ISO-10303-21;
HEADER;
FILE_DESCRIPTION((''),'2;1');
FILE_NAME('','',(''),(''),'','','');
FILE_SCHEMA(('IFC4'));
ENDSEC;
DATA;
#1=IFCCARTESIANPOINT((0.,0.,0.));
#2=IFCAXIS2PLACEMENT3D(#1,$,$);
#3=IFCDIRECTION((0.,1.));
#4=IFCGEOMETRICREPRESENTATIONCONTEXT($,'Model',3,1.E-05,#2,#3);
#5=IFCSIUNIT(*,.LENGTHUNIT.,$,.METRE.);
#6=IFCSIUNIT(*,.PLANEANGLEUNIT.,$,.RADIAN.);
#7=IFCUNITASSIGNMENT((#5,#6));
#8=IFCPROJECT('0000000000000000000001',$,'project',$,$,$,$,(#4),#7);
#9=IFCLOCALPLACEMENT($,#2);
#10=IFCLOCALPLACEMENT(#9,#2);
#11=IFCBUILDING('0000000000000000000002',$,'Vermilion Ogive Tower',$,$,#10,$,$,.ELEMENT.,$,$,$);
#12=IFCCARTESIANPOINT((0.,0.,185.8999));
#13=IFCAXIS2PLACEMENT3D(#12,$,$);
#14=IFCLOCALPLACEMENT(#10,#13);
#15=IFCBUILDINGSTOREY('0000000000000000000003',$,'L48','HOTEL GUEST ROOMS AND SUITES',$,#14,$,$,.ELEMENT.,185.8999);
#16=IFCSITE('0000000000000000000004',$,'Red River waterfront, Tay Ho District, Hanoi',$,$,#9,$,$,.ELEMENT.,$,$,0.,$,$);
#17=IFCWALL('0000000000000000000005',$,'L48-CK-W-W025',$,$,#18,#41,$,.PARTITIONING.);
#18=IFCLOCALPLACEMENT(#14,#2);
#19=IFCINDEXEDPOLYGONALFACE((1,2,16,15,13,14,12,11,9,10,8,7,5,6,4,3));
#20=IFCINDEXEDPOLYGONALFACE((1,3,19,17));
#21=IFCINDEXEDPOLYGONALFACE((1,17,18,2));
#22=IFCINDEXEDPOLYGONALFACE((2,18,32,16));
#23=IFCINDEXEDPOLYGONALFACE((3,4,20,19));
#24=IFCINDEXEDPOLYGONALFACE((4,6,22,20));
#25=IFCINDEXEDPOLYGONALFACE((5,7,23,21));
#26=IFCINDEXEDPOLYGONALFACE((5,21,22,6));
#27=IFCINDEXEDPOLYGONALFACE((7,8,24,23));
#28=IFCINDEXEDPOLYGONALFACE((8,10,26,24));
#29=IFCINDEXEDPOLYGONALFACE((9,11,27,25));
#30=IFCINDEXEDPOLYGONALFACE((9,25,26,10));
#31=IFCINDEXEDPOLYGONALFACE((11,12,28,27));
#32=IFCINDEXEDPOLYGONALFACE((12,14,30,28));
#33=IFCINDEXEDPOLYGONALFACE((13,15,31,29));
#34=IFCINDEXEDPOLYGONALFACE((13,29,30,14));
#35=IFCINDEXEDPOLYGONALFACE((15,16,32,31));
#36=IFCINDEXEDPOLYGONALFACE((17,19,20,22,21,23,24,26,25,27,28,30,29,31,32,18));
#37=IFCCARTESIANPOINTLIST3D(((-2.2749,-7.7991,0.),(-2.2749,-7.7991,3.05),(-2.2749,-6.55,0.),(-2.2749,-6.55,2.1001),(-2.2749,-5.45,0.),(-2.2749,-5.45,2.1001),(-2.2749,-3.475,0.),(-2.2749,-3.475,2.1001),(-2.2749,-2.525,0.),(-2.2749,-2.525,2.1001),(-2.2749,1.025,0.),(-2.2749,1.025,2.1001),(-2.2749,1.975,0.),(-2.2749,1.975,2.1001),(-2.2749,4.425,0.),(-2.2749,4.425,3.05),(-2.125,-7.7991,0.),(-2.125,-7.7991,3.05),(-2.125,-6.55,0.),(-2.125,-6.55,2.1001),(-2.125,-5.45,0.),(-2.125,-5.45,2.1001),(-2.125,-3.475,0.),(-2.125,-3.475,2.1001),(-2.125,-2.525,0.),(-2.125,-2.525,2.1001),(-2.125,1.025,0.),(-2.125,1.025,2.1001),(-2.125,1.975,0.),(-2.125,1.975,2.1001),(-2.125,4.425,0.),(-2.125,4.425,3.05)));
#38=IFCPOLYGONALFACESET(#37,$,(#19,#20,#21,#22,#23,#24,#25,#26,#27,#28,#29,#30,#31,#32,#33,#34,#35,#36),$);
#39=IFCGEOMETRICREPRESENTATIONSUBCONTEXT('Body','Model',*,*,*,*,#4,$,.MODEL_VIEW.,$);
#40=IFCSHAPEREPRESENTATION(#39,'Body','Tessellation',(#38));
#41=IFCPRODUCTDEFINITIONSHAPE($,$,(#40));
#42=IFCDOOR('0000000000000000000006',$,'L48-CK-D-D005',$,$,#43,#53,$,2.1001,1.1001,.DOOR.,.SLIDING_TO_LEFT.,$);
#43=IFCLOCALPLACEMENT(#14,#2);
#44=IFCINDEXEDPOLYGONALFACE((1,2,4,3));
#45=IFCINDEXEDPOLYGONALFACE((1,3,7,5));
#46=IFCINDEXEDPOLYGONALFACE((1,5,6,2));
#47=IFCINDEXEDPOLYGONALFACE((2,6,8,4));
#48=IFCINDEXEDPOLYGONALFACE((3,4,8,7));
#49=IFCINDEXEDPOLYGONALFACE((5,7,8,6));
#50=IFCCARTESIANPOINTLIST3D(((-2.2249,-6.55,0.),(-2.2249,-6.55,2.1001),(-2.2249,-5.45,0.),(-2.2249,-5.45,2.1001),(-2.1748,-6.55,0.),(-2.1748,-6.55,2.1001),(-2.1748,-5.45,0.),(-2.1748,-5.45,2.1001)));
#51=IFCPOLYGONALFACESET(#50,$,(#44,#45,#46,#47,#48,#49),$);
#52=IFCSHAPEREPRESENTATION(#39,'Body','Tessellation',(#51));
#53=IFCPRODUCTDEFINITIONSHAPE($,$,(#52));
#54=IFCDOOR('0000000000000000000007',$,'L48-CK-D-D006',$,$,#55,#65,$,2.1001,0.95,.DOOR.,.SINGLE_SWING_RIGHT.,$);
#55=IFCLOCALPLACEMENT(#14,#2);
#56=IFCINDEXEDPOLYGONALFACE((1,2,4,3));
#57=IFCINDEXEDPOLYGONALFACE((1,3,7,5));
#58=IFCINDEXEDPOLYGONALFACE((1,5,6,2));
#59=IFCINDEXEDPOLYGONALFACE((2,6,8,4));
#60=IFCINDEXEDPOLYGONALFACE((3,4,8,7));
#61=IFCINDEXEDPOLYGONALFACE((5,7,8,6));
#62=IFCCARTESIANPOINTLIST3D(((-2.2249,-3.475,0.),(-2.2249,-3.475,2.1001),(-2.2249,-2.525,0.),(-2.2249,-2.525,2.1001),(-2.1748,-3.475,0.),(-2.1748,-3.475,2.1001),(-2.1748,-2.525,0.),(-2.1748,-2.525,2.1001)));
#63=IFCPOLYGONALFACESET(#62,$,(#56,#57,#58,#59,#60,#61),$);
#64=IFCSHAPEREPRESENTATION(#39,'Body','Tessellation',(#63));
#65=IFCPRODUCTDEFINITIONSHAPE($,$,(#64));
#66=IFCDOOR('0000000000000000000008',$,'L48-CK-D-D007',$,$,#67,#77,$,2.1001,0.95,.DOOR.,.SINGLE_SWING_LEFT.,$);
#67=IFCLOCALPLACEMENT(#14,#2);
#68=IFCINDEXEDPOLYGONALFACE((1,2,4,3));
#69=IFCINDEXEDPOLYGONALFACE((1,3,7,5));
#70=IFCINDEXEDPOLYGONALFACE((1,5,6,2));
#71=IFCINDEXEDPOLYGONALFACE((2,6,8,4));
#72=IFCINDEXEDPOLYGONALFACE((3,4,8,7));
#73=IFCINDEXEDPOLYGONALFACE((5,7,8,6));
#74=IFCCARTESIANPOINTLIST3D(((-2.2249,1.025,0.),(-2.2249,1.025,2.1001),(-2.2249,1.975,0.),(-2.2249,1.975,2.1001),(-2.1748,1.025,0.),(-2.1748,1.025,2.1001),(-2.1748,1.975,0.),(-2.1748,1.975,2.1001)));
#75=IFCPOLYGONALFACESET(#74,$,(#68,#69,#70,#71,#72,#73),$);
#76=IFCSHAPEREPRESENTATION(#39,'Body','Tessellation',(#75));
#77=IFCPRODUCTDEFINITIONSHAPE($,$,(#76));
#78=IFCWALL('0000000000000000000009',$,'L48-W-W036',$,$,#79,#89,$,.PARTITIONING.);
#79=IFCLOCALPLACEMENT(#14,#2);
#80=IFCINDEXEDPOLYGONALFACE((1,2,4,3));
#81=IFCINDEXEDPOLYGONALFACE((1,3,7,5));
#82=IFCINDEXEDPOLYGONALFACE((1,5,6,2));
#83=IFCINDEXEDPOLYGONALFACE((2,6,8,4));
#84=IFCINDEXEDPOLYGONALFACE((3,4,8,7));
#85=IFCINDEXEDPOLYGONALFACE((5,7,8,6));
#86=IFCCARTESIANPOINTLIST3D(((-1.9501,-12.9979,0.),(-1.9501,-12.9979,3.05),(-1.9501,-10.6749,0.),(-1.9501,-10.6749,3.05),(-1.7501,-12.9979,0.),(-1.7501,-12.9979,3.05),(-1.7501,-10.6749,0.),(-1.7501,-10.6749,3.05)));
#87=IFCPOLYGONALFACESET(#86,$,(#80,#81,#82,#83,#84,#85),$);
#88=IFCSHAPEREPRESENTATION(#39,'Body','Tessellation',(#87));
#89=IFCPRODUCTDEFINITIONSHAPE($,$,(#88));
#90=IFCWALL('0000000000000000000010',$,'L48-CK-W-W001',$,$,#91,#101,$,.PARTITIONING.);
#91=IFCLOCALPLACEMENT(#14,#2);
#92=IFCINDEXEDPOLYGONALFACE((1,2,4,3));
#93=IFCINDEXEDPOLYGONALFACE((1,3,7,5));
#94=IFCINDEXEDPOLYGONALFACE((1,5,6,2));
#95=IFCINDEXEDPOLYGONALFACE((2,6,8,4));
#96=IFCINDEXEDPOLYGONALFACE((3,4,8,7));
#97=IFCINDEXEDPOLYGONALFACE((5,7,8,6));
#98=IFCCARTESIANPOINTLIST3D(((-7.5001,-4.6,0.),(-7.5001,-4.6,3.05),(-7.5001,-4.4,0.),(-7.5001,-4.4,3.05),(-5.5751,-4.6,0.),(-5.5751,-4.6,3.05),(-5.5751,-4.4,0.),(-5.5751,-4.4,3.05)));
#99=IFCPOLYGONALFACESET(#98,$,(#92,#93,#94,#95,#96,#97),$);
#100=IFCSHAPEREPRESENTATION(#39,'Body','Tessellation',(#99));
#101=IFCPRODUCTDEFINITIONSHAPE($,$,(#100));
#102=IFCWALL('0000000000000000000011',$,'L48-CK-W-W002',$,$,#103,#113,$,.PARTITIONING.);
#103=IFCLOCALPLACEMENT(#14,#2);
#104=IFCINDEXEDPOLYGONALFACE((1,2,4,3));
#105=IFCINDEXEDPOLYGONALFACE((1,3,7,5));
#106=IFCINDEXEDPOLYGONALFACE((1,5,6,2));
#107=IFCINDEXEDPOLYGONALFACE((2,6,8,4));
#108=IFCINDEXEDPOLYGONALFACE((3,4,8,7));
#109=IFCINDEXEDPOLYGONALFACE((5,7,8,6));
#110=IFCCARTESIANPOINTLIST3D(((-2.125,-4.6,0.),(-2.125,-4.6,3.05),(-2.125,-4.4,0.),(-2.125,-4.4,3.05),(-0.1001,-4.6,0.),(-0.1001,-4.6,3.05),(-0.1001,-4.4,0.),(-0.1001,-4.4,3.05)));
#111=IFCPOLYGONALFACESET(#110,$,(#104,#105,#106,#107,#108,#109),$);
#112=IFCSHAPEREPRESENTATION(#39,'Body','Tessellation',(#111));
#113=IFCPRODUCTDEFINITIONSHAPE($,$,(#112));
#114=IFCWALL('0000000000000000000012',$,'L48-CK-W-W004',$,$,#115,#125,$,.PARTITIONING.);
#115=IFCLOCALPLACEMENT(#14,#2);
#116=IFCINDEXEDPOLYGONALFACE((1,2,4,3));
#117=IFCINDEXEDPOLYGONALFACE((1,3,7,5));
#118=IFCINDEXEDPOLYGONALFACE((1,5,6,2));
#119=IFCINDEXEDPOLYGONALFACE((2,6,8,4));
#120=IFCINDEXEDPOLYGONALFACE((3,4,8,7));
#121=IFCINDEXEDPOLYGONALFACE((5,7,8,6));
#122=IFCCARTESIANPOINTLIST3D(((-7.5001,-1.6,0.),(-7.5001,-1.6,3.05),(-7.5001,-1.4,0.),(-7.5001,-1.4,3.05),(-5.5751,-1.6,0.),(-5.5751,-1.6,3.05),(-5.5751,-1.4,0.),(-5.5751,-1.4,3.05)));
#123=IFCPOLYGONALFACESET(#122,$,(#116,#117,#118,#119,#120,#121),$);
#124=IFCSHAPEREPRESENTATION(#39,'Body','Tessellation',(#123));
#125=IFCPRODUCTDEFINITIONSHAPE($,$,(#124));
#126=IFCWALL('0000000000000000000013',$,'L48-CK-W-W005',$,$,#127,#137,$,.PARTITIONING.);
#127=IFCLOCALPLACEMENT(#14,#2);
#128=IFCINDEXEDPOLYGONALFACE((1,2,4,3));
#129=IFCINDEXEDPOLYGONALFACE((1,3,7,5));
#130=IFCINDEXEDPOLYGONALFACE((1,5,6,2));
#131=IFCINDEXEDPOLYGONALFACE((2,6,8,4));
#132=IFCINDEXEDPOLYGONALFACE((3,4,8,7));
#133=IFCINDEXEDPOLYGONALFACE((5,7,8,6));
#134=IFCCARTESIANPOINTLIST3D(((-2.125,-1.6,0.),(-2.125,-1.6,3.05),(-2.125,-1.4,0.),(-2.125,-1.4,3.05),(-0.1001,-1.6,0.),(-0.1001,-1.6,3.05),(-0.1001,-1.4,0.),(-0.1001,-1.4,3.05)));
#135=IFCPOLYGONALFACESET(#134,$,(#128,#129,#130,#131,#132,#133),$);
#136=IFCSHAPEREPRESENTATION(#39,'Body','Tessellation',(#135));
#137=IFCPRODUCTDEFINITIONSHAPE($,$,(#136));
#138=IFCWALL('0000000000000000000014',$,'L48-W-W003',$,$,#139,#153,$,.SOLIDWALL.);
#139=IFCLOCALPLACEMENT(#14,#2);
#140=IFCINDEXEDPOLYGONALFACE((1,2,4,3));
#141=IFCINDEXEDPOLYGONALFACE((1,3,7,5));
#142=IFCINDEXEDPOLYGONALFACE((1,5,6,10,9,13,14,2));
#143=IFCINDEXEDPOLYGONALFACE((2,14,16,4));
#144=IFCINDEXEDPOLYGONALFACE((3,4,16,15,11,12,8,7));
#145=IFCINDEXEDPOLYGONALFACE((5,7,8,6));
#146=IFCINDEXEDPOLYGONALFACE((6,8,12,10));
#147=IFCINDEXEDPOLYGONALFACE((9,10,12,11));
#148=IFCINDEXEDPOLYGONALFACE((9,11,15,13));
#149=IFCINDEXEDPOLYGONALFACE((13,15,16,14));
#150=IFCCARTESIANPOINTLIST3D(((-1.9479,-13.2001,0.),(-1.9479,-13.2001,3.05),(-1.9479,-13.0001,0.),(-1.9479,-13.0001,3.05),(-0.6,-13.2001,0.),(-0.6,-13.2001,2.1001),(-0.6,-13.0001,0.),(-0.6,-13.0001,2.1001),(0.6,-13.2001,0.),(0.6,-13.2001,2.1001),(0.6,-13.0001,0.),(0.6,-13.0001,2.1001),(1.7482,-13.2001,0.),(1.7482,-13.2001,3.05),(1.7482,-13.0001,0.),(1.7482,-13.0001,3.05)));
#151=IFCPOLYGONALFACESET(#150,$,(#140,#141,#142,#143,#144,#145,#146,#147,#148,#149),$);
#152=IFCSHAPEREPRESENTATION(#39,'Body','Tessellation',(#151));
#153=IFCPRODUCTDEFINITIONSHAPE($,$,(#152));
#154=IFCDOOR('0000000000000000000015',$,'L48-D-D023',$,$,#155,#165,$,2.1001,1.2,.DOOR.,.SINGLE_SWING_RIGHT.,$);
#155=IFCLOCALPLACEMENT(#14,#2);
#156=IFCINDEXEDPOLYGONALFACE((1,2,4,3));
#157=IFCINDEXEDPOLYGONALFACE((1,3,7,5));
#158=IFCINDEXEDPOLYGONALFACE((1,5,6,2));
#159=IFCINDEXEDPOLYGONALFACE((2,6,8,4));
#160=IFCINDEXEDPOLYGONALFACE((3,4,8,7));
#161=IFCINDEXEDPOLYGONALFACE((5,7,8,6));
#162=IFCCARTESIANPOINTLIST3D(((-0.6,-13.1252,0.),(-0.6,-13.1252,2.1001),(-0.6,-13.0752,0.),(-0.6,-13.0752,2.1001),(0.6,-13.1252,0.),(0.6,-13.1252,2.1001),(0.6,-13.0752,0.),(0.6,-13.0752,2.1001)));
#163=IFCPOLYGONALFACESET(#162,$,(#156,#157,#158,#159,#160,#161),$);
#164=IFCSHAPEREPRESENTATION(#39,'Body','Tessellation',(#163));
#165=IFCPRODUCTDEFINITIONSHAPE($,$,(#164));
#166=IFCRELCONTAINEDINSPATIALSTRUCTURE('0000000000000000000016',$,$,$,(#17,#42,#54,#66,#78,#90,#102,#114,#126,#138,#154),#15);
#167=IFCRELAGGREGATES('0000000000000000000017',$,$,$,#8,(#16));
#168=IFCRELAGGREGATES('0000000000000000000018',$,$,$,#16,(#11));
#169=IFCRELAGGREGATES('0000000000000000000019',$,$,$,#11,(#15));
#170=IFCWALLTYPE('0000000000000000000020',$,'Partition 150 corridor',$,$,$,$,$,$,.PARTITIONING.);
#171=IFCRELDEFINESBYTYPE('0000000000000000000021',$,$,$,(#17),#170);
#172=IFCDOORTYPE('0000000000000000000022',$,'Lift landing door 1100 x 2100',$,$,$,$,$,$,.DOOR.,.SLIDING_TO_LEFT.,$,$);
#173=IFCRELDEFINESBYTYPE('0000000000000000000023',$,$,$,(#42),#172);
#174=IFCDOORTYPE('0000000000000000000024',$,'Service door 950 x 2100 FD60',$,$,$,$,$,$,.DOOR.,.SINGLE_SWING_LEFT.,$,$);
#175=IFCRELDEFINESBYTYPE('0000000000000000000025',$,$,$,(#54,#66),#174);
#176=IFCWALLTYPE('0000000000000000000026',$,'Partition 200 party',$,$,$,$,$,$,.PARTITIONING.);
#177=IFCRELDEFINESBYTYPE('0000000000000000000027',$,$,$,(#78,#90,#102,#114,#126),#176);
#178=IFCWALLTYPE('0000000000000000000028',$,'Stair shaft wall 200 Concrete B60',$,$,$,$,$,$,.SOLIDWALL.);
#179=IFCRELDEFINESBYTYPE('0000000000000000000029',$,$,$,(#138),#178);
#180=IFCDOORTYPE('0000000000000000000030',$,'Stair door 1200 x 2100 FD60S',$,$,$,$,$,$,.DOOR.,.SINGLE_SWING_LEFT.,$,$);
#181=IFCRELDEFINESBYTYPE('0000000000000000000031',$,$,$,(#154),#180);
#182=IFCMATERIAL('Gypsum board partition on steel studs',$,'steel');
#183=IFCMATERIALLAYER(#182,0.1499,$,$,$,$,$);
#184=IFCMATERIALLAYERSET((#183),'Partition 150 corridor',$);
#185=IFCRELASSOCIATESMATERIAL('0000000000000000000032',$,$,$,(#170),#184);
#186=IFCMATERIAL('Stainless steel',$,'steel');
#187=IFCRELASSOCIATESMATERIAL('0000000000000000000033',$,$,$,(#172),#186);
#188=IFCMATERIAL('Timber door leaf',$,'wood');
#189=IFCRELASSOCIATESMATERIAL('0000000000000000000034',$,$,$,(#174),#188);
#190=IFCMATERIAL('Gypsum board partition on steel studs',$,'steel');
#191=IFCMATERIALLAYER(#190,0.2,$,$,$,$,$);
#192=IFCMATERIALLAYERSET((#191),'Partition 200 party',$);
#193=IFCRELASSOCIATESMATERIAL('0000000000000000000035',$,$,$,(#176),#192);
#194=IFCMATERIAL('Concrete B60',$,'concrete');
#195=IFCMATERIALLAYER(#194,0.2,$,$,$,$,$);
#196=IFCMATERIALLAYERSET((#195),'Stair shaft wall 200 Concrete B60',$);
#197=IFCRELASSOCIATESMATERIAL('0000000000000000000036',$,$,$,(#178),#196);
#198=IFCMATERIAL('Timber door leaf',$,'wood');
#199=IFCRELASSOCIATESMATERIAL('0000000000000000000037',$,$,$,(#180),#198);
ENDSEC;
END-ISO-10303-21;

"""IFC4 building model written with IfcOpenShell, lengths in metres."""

from ifc_helpers import new_model, si_unit, direction, frame, frame_2d, origin, place, context, subcontext, project, spatial, rectangle, extrude, material, layer, layer_set, type_object, element, fill, save


model = new_model("IFC4")

# Units and contexts
model_context = context("Model", 3, precision=1e-05, world=origin(), true_north=direction((0.0, 1.0)))
body_context = subcontext(model_context, "Body", "Model", "MODEL_VIEW")
ifc_project = project(units=[si_unit("LENGTHUNIT", "METRE"), si_unit("PLANEANGLEUNIT", "RADIAN")], contexts=[model_context])

# Site, building, storey
site_placement = place(None, origin())
site = spatial("IfcSite", under=ifc_project, at=site_placement, Name="Red River waterfront, Tay Ho District, Hanoi", CompositionType="ELEMENT", RefElevation=0.0)
building_placement = place(site_placement, origin())
building = spatial("IfcBuilding", under=site, at=building_placement, Name="Vermilion Ogive Tower", CompositionType="ELEMENT")
storey_placement = place(building_placement, frame((0.0, 0.0, 185.8999)))
storey = spatial("IfcBuildingStorey", under=building, at=storey_placement, Name="L48", Description="HOTEL GUEST ROOMS AND SUITES", CompositionType="ELEMENT", Elevation=185.8999)

# Wall, openings, doors
ifc_material_1 = material(Name="Gypsum board partition on steel studs", Category="steel")
ifc_layer_1 = layer(ifc_material_1, 0.1499)
ifc_layer_set_1 = layer_set([ifc_layer_1], Name="Partition 150 corridor")
wall_type_1 = type_object("IfcWallType", Name="Partition 150 corridor", PredefinedType="PARTITIONING", material=ifc_layer_set_1)
ifc_material_2 = material(Name="Stainless steel", Category="steel")
door_type_1 = type_object("IfcDoorType", Name="Lift landing door 1100 x 2100", OperationType="SLIDING_TO_LEFT", PredefinedType="DOOR", material=ifc_material_2)
wall_1_placement = place(storey_placement, frame((-2.2, -7.7991, 0.0), z_axis=(0.0, 0.0, 1.0), x_axis=(0.0, 1.0, 0.0)))
wall_1 = element("IfcWall", 1, at=wall_1_placement, inside=storey, type_object=wall_type_1, Name="L48-CK-W-W025", PredefinedType="PARTITIONING", context=body_context, shape_type="SweptSolid", body=[
    extrude(rectangle(XDim=12.2241, YDim=0.1499, at=frame_2d((6.1121, 0.0))), origin(), (0.0, 0.0, 1.0), 3.05),
])
opening_1_placement = place(wall_1_placement, frame((1.249, 0.0, 0.0)))
opening_1 = element("IfcOpeningElement", 2, at=opening_1_placement, cuts=wall_1, PredefinedType="OPENING", context=body_context, shape_type="SweptSolid", body=[
    extrude(rectangle(XDim=1.1001, YDim=2.1001, at=frame_2d((0.55, 1.05))), frame((0.0, 0.085, 0.0), z_axis=(0.0, -1.0, 0.0), x_axis=(1.0, 0.0, 0.0)), (0.0, 0.0, 1.0), 0.1699),
])
opening_2_placement = place(wall_1_placement, frame((4.324, 0.0, 0.0)))
opening_2 = element("IfcOpeningElement", 3, at=opening_2_placement, cuts=wall_1, PredefinedType="OPENING", context=body_context, shape_type="SweptSolid", body=[
    extrude(rectangle(XDim=0.95, YDim=2.1001, at=frame_2d((0.4751, 1.05))), frame((0.0, 0.085, 0.0), z_axis=(0.0, -1.0, 0.0), x_axis=(1.0, 0.0, 0.0)), (0.0, 0.0, 1.0), 0.1699),
])
opening_3_placement = place(wall_1_placement, frame((8.824, 0.0, 0.0)))
opening_3 = element("IfcOpeningElement", 4, at=opening_3_placement, cuts=wall_1, PredefinedType="OPENING", context=body_context, shape_type="SweptSolid", body=[
    extrude(rectangle(XDim=0.95, YDim=2.1001, at=frame_2d((0.4751, 1.05))), frame((0.0, 0.085, 0.0), z_axis=(0.0, -1.0, 0.0), x_axis=(1.0, 0.0, 0.0)), (0.0, 0.0, 1.0), 0.1699),
])
door_1_placement = place(opening_1_placement, origin())
door_1 = element("IfcDoor", 5, at=door_1_placement, inside=storey, type_object=door_type_1, Name="L48-CK-D-D005", OperationType="SLIDING_TO_LEFT", OverallHeight=2.1001, OverallWidth=1.1001, PredefinedType="DOOR", context=body_context, shape_type="SweptSolid", body=[
    extrude(rectangle(XDim=1.1001, YDim=2.1001, at=frame_2d((0.55, 1.05))), frame((0.0, 0.0249, 0.0), z_axis=(0.0, -1.0, 0.0), x_axis=(1.0, 0.0, 0.0)), (0.0, 0.0, 1.0), 0.05),
])
fill(opening_1, door_1)
ifc_material_3 = material(Name="Timber door leaf", Category="wood")
door_type_2 = type_object("IfcDoorType", Name="Service door 950 x 2100 FD60", OperationType="SINGLE_SWING_LEFT", PredefinedType="DOOR", material=ifc_material_3)
door_2_placement = place(opening_2_placement, origin())
door_2 = element("IfcDoor", 6, at=door_2_placement, inside=storey, type_object=door_type_2, Name="L48-CK-D-D006", OperationType="SINGLE_SWING_RIGHT", OverallHeight=2.1001, OverallWidth=0.95, PredefinedType="DOOR", context=body_context, shape_type="SweptSolid", body=[
    extrude(rectangle(XDim=0.95, YDim=2.1001, at=frame_2d((0.4751, 1.05))), frame((0.0, 0.0249, 0.0), z_axis=(0.0, -1.0, 0.0), x_axis=(1.0, 0.0, 0.0)), (0.0, 0.0, 1.0), 0.05),
])
fill(opening_2, door_2)
door_3_placement = place(opening_3_placement, origin())
door_3 = element("IfcDoor", 7, at=door_3_placement, inside=storey, type_object=door_type_2, Name="L48-CK-D-D007", OperationType="SINGLE_SWING_LEFT", OverallHeight=2.1001, OverallWidth=0.95, PredefinedType="DOOR", context=body_context, shape_type="SweptSolid", body=[
    extrude(rectangle(XDim=0.95, YDim=2.1001, at=frame_2d((0.4751, 1.05))), frame((0.0, 0.0249, 0.0), z_axis=(0.0, -1.0, 0.0), x_axis=(1.0, 0.0, 0.0)), (0.0, 0.0, 1.0), 0.05),
])
fill(opening_3, door_3)

# Walls
ifc_material_4 = material(Name="Gypsum board partition on steel studs", Category="steel")
ifc_layer_2 = layer(ifc_material_4, 0.2)
ifc_layer_set_2 = layer_set([ifc_layer_2], Name="Partition 200 party")
wall_type_2 = type_object("IfcWallType", Name="Partition 200 party", PredefinedType="PARTITIONING", material=ifc_layer_set_2)
wall_2_placement = place(storey_placement, frame((-1.8501, -12.998, 0.0), z_axis=(0.0, 0.0, 1.0), x_axis=(0.0, 1.0, 0.0)))
element("IfcWall", 8, at=wall_2_placement, inside=storey, type_object=wall_type_2, Name="L48-W-W036", PredefinedType="PARTITIONING", context=body_context, shape_type="SweptSolid", body=[
    extrude(rectangle(XDim=2.323, YDim=0.2, at=frame_2d((1.1616, 0.0))), origin(), (0.0, 0.0, 1.0), 3.05),
])
wall_3_placement = place(storey_placement, frame((-7.5, -4.5, 0.0), z_axis=(0.0, 0.0, 1.0), x_axis=(1.0, 0.0, 0.0)))
element("IfcWall", 9, at=wall_3_placement, inside=storey, type_object=wall_type_2, Name="L48-CK-W-W001", PredefinedType="PARTITIONING", context=body_context, shape_type="SweptSolid", body=[
    extrude(rectangle(XDim=1.925, YDim=0.2, at=frame_2d((0.9624, 0.0))), origin(), (0.0, 0.0, 1.0), 3.05),
])
wall_4_placement = place(storey_placement, frame((-2.125, -4.5, 0.0), z_axis=(0.0, 0.0, 1.0), x_axis=(1.0, 0.0, 0.0)))
element("IfcWall", 10, at=wall_4_placement, inside=storey, type_object=wall_type_2, Name="L48-CK-W-W002", PredefinedType="PARTITIONING", context=body_context, shape_type="SweptSolid", body=[
    extrude(rectangle(XDim=2.0249, YDim=0.2, at=frame_2d((1.0125, 0.0))), origin(), (0.0, 0.0, 1.0), 3.05),
])
wall_5_placement = place(storey_placement, frame((-7.5, -1.5, 0.0), z_axis=(0.0, 0.0, 1.0), x_axis=(1.0, 0.0, 0.0)))
element("IfcWall", 11, at=wall_5_placement, inside=storey, type_object=wall_type_2, Name="L48-CK-W-W004", PredefinedType="PARTITIONING", context=body_context, shape_type="SweptSolid", body=[
    extrude(rectangle(XDim=1.925, YDim=0.2, at=frame_2d((0.9624, 0.0))), origin(), (0.0, 0.0, 1.0), 3.05),
])
wall_6_placement = place(storey_placement, frame((-2.125, -1.5, 0.0), z_axis=(0.0, 0.0, 1.0), x_axis=(1.0, 0.0, 0.0)))
element("IfcWall", 12, at=wall_6_placement, inside=storey, type_object=wall_type_2, Name="L48-CK-W-W005", PredefinedType="PARTITIONING", context=body_context, shape_type="SweptSolid", body=[
    extrude(rectangle(XDim=2.0249, YDim=0.2, at=frame_2d((1.0125, 0.0))), origin(), (0.0, 0.0, 1.0), 3.05),
])

# Wall, opening, door
ifc_material_5 = material(Name="Concrete B60", Category="concrete")
ifc_layer_3 = layer(ifc_material_5, 0.2)
ifc_layer_set_3 = layer_set([ifc_layer_3], Name="Stair shaft wall 200 Concrete B60")
wall_type_3 = type_object("IfcWallType", Name="Stair shaft wall 200 Concrete B60", PredefinedType="SOLIDWALL", material=ifc_layer_set_3)
wall_7_placement = place(storey_placement, frame((-1.948, -13.1001, 0.0), z_axis=(0.0, 0.0, 1.0), x_axis=(1.0, 0.0, 0.0)))
wall_7 = element("IfcWall", 13, at=wall_7_placement, inside=storey, type_object=wall_type_3, Name="L48-W-W003", PredefinedType="SOLIDWALL", context=body_context, shape_type="SweptSolid", body=[
    extrude(rectangle(XDim=3.696, YDim=0.2, at=frame_2d((1.8481, 0.0))), origin(), (0.0, 0.0, 1.0), 3.05),
])
opening_4_placement = place(wall_7_placement, frame((1.3479, 0.0, 0.0)))
opening_4 = element("IfcOpeningElement", 14, at=opening_4_placement, cuts=wall_7, PredefinedType="OPENING", context=body_context, shape_type="SweptSolid", body=[
    extrude(rectangle(XDim=1.2, YDim=2.1001, at=frame_2d((0.6001, 1.05))), frame((0.0, 0.1099, 0.0), z_axis=(0.0, -1.0, 0.0), x_axis=(1.0, 0.0, 0.0)), (0.0, 0.0, 1.0), 0.22),
])
ifc_material_6 = material(Name="Timber door leaf", Category="wood")
door_type_3 = type_object("IfcDoorType", Name="Stair door 1200 x 2100 FD60S", OperationType="SINGLE_SWING_LEFT", PredefinedType="DOOR", material=ifc_material_6)
door_4_placement = place(opening_4_placement, origin())
door_4 = element("IfcDoor", 15, at=door_4_placement, inside=storey, type_object=door_type_3, Name="L48-D-D023", OperationType="SINGLE_SWING_RIGHT", OverallHeight=2.1001, OverallWidth=1.2, PredefinedType="DOOR", context=body_context, shape_type="SweptSolid", body=[
    extrude(rectangle(XDim=1.2, YDim=2.1001, at=frame_2d((0.6001, 1.05))), frame((0.0, 0.0249, 0.0), z_axis=(0.0, -1.0, 0.0), x_axis=(1.0, 0.0, 0.0)), (0.0, 0.0, 1.0), 0.05),
])
fill(opening_4, door_4)

save(model, "model.ifc")
